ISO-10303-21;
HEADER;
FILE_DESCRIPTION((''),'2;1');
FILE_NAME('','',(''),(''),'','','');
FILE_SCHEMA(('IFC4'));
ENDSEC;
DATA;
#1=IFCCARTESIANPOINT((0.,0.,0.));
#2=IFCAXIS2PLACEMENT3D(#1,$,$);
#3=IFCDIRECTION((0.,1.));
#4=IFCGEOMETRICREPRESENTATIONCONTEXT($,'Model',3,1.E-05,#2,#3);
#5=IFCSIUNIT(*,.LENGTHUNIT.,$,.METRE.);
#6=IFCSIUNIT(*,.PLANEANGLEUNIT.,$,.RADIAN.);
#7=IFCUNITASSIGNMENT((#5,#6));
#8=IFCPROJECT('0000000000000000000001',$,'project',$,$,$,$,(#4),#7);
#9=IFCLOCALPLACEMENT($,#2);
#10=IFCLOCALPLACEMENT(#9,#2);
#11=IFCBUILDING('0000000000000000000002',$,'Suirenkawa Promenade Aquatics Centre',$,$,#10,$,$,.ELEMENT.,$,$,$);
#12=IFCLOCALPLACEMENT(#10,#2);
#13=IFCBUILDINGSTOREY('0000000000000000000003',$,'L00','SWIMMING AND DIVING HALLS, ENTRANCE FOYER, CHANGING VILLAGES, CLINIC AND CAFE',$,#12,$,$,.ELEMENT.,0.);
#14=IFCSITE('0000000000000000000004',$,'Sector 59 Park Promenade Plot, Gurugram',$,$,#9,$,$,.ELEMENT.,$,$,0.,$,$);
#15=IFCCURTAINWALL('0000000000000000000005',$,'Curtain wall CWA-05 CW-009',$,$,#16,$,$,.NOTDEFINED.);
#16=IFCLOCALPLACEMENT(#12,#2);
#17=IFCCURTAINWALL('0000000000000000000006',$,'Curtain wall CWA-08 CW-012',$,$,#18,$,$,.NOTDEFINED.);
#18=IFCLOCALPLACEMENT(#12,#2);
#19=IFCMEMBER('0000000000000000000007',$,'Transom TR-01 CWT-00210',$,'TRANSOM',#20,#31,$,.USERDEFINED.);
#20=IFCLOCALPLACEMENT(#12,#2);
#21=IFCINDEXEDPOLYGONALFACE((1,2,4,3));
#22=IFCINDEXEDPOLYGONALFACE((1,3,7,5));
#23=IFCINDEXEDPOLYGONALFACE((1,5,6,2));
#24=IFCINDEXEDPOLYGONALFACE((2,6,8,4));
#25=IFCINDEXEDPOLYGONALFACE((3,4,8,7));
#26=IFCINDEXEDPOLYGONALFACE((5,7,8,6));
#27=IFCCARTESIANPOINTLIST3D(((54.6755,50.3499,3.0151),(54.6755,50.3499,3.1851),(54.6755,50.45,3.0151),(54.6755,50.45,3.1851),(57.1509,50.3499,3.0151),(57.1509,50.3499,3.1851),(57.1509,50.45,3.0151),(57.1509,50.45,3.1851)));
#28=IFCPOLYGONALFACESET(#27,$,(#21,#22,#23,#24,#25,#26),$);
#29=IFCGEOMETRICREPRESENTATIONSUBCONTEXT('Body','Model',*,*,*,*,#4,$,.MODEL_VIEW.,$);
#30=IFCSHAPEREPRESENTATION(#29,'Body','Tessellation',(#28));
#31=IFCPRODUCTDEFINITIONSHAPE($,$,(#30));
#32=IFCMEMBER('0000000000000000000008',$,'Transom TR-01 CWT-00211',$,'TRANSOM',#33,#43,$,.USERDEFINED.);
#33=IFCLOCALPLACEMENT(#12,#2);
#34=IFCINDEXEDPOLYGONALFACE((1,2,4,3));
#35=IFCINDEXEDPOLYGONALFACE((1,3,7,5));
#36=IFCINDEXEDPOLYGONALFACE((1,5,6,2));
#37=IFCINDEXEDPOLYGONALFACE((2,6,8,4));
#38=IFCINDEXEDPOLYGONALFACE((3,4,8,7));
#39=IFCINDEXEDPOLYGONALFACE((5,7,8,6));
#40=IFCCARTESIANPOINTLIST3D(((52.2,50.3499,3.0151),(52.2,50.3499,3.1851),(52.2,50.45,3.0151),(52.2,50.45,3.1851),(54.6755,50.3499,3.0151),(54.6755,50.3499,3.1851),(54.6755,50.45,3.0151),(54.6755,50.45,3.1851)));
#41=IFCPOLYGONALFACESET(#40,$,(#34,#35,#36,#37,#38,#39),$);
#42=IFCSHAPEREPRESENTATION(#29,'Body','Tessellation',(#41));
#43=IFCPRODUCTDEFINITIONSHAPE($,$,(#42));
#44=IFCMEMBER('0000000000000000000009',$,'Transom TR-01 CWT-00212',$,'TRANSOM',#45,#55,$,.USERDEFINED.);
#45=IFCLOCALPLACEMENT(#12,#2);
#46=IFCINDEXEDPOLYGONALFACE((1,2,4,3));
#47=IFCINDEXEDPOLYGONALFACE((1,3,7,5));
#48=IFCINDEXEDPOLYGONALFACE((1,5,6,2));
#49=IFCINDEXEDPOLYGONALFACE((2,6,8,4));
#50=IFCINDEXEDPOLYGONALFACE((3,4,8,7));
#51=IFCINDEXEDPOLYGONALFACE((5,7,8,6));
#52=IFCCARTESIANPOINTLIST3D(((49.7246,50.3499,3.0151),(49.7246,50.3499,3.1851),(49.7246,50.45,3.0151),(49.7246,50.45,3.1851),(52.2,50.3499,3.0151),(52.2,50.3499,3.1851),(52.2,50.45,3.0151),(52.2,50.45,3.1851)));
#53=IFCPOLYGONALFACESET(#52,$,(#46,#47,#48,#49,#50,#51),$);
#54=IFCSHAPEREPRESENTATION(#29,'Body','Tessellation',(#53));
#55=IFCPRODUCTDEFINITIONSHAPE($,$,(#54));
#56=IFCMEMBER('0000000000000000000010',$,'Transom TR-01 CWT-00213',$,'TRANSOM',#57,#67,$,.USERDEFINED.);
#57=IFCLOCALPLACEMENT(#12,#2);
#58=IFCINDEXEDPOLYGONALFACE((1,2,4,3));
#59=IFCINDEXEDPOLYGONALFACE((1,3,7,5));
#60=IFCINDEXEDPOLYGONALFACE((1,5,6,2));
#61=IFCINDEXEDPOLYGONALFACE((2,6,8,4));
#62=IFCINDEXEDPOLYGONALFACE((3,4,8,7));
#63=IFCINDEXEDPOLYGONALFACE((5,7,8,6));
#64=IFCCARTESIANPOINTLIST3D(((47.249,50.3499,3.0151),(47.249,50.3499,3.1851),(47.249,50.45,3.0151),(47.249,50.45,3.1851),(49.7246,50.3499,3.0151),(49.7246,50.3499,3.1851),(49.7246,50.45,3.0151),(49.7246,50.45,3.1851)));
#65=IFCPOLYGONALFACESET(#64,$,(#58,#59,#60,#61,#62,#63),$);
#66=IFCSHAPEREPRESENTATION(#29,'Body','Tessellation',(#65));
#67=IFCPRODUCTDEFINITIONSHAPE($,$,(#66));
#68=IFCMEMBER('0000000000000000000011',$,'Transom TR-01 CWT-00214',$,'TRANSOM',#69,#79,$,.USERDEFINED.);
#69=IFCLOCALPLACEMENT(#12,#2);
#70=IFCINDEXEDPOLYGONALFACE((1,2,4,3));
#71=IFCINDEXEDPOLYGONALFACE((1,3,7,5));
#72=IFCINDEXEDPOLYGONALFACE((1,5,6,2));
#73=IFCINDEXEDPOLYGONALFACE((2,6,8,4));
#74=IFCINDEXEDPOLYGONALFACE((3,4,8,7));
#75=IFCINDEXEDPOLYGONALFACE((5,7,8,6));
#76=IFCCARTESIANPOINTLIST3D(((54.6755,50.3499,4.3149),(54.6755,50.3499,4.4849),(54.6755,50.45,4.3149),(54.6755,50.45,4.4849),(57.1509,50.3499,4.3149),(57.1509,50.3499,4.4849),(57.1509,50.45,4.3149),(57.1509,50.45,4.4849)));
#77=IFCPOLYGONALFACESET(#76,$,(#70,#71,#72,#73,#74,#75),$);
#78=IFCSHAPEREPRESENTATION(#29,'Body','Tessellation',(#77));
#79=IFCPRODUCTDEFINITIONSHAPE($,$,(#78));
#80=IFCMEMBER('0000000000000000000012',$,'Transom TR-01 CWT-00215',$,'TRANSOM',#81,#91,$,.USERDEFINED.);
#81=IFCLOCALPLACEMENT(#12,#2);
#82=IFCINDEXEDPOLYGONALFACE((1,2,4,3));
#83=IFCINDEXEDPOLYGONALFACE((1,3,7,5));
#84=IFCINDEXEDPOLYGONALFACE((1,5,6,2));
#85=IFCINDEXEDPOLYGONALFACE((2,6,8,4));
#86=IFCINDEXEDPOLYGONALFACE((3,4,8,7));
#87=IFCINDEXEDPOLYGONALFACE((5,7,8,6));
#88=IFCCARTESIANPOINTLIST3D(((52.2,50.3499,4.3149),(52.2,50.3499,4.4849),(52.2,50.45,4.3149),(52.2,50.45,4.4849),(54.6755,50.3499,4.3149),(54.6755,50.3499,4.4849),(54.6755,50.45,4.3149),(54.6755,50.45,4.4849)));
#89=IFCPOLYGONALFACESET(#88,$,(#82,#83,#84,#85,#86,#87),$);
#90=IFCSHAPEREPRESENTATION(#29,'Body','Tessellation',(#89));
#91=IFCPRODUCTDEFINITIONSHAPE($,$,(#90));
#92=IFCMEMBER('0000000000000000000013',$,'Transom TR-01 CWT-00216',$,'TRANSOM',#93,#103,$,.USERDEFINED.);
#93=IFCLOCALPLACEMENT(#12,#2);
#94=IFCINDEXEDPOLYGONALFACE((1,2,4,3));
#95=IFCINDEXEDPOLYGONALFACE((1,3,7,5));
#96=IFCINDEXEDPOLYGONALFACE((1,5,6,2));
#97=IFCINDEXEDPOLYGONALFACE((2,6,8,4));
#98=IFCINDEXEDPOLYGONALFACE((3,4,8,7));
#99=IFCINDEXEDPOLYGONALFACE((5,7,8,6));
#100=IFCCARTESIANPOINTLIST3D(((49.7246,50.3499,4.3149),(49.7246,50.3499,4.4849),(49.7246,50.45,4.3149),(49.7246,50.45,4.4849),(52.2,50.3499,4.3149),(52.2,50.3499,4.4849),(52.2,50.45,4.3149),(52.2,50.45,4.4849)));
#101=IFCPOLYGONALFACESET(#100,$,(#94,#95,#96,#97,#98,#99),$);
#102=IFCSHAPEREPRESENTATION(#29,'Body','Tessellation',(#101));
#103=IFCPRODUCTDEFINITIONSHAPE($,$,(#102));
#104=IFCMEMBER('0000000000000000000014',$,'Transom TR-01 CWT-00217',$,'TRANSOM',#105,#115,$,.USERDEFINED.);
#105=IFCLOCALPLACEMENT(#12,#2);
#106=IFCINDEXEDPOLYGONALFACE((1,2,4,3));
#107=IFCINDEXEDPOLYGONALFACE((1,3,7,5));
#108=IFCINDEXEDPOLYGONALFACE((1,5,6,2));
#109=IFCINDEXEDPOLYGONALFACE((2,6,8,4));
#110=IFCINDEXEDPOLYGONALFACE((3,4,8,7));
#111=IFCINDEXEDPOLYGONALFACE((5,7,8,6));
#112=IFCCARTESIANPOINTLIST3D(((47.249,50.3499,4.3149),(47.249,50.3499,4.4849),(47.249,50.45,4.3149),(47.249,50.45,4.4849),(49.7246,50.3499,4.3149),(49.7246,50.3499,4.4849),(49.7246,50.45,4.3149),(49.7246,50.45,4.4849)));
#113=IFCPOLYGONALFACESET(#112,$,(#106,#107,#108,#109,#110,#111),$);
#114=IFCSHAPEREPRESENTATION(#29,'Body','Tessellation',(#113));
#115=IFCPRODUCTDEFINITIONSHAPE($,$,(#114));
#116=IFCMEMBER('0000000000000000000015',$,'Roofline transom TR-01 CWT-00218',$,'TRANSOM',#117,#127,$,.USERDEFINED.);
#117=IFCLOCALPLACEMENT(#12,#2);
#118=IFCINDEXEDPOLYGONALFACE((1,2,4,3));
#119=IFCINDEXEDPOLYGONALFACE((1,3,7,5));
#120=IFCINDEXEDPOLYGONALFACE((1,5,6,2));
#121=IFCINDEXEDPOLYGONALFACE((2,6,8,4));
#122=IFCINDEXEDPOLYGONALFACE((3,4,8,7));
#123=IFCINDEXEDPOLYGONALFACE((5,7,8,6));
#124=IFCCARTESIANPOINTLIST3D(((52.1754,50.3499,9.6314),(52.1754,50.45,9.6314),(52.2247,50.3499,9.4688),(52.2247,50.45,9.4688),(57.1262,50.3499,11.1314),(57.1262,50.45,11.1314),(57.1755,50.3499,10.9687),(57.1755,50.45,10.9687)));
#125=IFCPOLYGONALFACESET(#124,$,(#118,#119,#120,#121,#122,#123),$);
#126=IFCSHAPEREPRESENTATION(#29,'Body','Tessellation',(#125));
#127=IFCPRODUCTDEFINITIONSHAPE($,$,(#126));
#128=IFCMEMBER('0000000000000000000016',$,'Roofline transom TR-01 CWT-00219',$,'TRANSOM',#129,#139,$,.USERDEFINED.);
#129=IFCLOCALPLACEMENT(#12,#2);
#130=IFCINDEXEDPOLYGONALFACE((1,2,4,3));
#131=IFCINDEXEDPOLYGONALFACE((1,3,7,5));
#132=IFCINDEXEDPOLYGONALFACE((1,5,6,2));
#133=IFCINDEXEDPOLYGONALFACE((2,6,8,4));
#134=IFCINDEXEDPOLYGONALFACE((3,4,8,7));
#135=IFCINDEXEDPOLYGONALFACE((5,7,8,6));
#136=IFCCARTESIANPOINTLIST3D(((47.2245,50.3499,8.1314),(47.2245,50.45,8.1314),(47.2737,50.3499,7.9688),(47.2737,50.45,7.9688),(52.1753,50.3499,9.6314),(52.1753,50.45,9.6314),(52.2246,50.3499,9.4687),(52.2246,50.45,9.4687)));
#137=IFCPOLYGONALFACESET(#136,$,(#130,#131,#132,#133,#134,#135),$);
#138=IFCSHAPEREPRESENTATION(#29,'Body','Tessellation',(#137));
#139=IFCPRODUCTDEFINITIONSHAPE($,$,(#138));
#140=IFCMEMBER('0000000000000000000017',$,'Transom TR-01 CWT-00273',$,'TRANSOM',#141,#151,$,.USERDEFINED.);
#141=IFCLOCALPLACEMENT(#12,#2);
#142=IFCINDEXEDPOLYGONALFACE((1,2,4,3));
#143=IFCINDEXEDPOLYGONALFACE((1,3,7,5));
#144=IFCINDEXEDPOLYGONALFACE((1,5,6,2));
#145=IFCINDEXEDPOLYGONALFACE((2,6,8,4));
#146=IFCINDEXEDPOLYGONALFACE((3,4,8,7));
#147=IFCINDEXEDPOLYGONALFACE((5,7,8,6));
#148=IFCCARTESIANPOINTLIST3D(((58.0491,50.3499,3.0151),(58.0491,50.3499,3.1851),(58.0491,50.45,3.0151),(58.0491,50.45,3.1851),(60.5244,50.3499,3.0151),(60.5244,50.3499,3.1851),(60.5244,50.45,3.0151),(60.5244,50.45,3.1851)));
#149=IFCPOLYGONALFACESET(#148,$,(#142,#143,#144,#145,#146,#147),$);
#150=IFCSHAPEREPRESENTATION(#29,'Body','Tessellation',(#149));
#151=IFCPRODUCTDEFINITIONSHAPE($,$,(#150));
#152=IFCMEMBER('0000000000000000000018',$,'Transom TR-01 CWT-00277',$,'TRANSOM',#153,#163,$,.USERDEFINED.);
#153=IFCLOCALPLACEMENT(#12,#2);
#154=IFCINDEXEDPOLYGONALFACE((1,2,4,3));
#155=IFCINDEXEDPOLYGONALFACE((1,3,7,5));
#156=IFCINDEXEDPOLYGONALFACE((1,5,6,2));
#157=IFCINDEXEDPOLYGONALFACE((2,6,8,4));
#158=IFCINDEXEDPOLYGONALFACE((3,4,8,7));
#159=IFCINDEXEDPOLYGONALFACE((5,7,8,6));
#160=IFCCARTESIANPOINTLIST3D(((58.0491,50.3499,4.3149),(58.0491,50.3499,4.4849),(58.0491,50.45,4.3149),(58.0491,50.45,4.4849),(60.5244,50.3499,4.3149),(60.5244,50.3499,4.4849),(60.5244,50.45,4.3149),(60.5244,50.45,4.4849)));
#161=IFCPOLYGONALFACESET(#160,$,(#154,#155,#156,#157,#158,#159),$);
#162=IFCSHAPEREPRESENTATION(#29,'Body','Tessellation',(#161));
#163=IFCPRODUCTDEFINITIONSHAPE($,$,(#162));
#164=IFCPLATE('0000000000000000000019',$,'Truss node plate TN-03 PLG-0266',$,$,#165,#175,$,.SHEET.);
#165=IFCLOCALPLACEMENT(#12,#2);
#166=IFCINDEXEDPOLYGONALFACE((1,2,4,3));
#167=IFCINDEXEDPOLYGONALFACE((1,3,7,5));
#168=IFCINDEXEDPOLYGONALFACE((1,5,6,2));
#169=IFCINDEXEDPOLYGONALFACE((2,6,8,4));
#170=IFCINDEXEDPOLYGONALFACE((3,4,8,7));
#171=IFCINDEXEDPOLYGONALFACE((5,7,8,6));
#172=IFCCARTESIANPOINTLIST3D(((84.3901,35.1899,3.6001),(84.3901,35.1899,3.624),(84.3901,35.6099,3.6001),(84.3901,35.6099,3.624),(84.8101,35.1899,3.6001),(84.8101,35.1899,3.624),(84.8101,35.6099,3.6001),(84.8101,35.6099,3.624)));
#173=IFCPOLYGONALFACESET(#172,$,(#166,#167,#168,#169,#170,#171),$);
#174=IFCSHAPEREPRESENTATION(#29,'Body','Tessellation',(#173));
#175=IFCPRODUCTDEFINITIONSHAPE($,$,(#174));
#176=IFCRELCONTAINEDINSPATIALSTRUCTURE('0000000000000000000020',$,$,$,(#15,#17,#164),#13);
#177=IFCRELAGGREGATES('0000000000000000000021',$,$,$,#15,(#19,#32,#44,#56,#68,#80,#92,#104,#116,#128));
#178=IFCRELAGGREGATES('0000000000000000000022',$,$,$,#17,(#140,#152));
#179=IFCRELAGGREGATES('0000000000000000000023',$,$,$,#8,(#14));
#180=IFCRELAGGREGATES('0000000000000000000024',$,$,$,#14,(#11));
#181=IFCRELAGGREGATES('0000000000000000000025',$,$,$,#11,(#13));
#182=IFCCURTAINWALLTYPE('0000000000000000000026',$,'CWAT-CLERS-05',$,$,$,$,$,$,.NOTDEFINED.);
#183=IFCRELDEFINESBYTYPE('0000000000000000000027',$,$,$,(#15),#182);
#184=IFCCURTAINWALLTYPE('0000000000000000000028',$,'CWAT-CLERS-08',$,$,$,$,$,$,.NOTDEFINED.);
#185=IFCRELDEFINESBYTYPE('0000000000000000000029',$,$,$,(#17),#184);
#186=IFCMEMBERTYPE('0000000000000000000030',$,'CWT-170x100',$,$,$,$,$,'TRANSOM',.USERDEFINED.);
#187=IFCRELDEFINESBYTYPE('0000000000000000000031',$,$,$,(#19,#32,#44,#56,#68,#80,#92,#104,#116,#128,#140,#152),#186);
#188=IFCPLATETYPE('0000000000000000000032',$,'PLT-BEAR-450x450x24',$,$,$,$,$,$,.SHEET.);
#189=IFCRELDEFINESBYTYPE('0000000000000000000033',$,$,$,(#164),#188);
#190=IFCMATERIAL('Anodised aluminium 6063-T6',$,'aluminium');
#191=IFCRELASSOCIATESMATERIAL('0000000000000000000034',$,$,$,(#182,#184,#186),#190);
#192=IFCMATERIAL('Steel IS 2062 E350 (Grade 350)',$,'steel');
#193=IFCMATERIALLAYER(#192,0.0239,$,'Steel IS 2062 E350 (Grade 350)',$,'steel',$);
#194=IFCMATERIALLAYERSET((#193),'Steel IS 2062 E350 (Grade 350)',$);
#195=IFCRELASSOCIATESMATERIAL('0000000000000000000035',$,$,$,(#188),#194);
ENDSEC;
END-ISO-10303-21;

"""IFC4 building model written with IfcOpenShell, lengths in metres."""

from ifc_helpers import new_model, si_unit, direction, frame, origin, origin_2d, place, context, subcontext, project, spatial, rectangle, extrude, material, layer, layer_set, material_profile, profile_set, type_object, element, aggregate, save


model = new_model("IFC4")

# Units and contexts
model_context = context("Model", 3, precision=1e-05, world=origin(), true_north=direction((0.0, 1.0)))
body_context = subcontext(model_context, "Body", "Model", "MODEL_VIEW")
ifc_project = project(units=[si_unit("LENGTHUNIT", "METRE"), si_unit("PLANEANGLEUNIT", "RADIAN")], contexts=[model_context])

# Site, building, storey
site_placement = place(None, origin())
site = spatial("IfcSite", under=ifc_project, at=site_placement, Name="Sector 59 Park Promenade Plot, Gurugram", CompositionType="ELEMENT", RefElevation=0.0)
building_placement = place(site_placement, origin())
building = spatial("IfcBuilding", under=site, at=building_placement, Name="Suirenkawa Promenade Aquatics Centre", CompositionType="ELEMENT")
storey_placement = place(building_placement, origin())
storey = spatial("IfcBuildingStorey", under=building, at=storey_placement, Name="L00", Description="SWIMMING AND DIVING HALLS, ENTRANCE FOYER, CHANGING VILLAGES, CLINIC AND CAFE", CompositionType="ELEMENT", Elevation=0.0)

# Shared definitions
ifc_material_1 = material(Name="Steel IS 2062 E350 (Grade 350)", Category="steel")

# Shared definitions
ifc_material_2 = material(Name="Anodised aluminium 6063-T6", Category="aluminium")

# Curtain walls
curtain_wall_type_1 = type_object("IfcCurtainWallType", Name="CWAT-CLERS-05", PredefinedType="NOTDEFINED", material=ifc_material_2)
curtain_wall_1_placement = place(storey_placement, origin())
curtain_wall_1 = element("IfcCurtainWall", 1, at=curtain_wall_1_placement, inside=storey, type_object=curtain_wall_type_1, Name="Curtain wall CWA-05 CW-009", PredefinedType="NOTDEFINED")
curtain_wall_type_2 = type_object("IfcCurtainWallType", Name="CWAT-CLERS-08", PredefinedType="NOTDEFINED", material=ifc_material_2)
curtain_wall_2_placement = place(storey_placement, origin())
curtain_wall_2 = element("IfcCurtainWall", 2, at=curtain_wall_2_placement, inside=storey, type_object=curtain_wall_type_2, Name="Curtain wall CWA-08 CW-012", PredefinedType="NOTDEFINED")

# Members
ifc_material_profile_1 = material_profile(ifc_material_2, rectangle(XDim=0.1001, YDim=0.1699, at=origin_2d()), Name="ALU TRAN 100x170", Category="aluminium")
ifc_profile_set_1 = profile_set([ifc_material_profile_1], Name="Anodised aluminium 6063-T6")
member_type_1 = type_object("IfcMemberType", Name="CWT-170x100", ElementType="TRANSOM", PredefinedType="USERDEFINED", material=ifc_profile_set_1)
member_1_placement = place(storey_placement, frame((57.1509, 50.3999, 3.1001), z_axis=(-1.0, 0.0, 0.0), x_axis=(0.0, -1.0, 0.0)))
member_1 = element("IfcMember", 3, at=member_1_placement, type_object=member_type_1, Name="Transom TR-01 CWT-00210", ObjectType="TRANSOM", PredefinedType="USERDEFINED", context=body_context, shape_type="SweptSolid", body=[
    extrude(rectangle(XDim=0.1001, YDim=0.1699, at=origin_2d()), origin(), (0.0, 0.0, 1.0), 2.4753),
])
member_2_placement = place(storey_placement, frame((54.6755, 50.3999, 3.1001), z_axis=(-1.0, 0.0, 0.0), x_axis=(0.0, -1.0, 0.0)))
member_2 = element("IfcMember", 4, at=member_2_placement, type_object=member_type_1, Name="Transom TR-01 CWT-00211", ObjectType="TRANSOM", PredefinedType="USERDEFINED", context=body_context, shape_type="SweptSolid", body=[
    extrude(rectangle(XDim=0.1001, YDim=0.1699, at=origin_2d()), origin(), (0.0, 0.0, 1.0), 2.4756),
])
member_3_placement = place(storey_placement, frame((52.2, 50.3999, 3.1001), z_axis=(-1.0, 0.0, 0.0), x_axis=(0.0, -1.0, 0.0)))
member_3 = element("IfcMember", 5, at=member_3_placement, type_object=member_type_1, Name="Transom TR-01 CWT-00212", ObjectType="TRANSOM", PredefinedType="USERDEFINED", context=body_context, shape_type="SweptSolid", body=[
    extrude(rectangle(XDim=0.1001, YDim=0.1699, at=origin_2d()), origin(), (0.0, 0.0, 1.0), 2.4753),
])
member_4_placement = place(storey_placement, frame((49.7246, 50.3999, 3.1001), z_axis=(-1.0, 0.0, 0.0), x_axis=(0.0, -1.0, 0.0)))
member_4 = element("IfcMember", 6, at=member_4_placement, type_object=member_type_1, Name="Transom TR-01 CWT-00213", ObjectType="TRANSOM", PredefinedType="USERDEFINED", context=body_context, shape_type="SweptSolid", body=[
    extrude(rectangle(XDim=0.1001, YDim=0.1699, at=origin_2d()), origin(), (0.0, 0.0, 1.0), 2.4756),
])
member_5_placement = place(storey_placement, frame((57.1509, 50.3999, 4.3999), z_axis=(-1.0, 0.0, 0.0), x_axis=(0.0, -1.0, 0.0)))
member_5 = element("IfcMember", 7, at=member_5_placement, type_object=member_type_1, Name="Transom TR-01 CWT-00214", ObjectType="TRANSOM", PredefinedType="USERDEFINED", context=body_context, shape_type="SweptSolid", body=[
    extrude(rectangle(XDim=0.1001, YDim=0.1699, at=origin_2d()), origin(), (0.0, 0.0, 1.0), 2.4753),
])
member_6_placement = place(storey_placement, frame((54.6755, 50.3999, 4.3999), z_axis=(-1.0, 0.0, 0.0), x_axis=(0.0, -1.0, 0.0)))
member_6 = element("IfcMember", 8, at=member_6_placement, type_object=member_type_1, Name="Transom TR-01 CWT-00215", ObjectType="TRANSOM", PredefinedType="USERDEFINED", context=body_context, shape_type="SweptSolid", body=[
    extrude(rectangle(XDim=0.1001, YDim=0.1699, at=origin_2d()), origin(), (0.0, 0.0, 1.0), 2.4756),
])
member_7_placement = place(storey_placement, frame((52.2, 50.3999, 4.3999), z_axis=(-1.0, 0.0, 0.0), x_axis=(0.0, -1.0, 0.0)))
member_7 = element("IfcMember", 9, at=member_7_placement, type_object=member_type_1, Name="Transom TR-01 CWT-00216", ObjectType="TRANSOM", PredefinedType="USERDEFINED", context=body_context, shape_type="SweptSolid", body=[
    extrude(rectangle(XDim=0.1001, YDim=0.1699, at=origin_2d()), origin(), (0.0, 0.0, 1.0), 2.4753),
])
member_8_placement = place(storey_placement, frame((49.7246, 50.3999, 4.3999), z_axis=(-1.0, 0.0, 0.0), x_axis=(0.0, -1.0, 0.0)))
member_8 = element("IfcMember", 10, at=member_8_placement, type_object=member_type_1, Name="Transom TR-01 CWT-00217", ObjectType="TRANSOM", PredefinedType="USERDEFINED", context=body_context, shape_type="SweptSolid", body=[
    extrude(rectangle(XDim=0.1001, YDim=0.1699, at=origin_2d()), origin(), (0.0, 0.0, 1.0), 2.4756),
])
member_9_placement = place(storey_placement, frame((57.1509, 50.3999, 11.05), z_axis=(-0.957039, 0.0, -0.289958), x_axis=(0.0, -1.0, 0.0)))
member_9 = element("IfcMember", 11, at=member_9_placement, type_object=member_type_1, Name="Roofline transom TR-01 CWT-00218", ObjectType="TRANSOM", PredefinedType="USERDEFINED", context=body_context, shape_type="SweptSolid", body=[
    extrude(rectangle(XDim=0.1001, YDim=0.1699, at=origin_2d()), origin(), (0.0, 0.0, 1.0), 5.1731),
])
member_10_placement = place(storey_placement, frame((52.2, 50.3999, 9.55), z_axis=(-0.957039, 0.0, -0.289958), x_axis=(0.0, -1.0, 0.0)))
member_10 = element("IfcMember", 12, at=member_10_placement, type_object=member_type_1, Name="Roofline transom TR-01 CWT-00219", ObjectType="TRANSOM", PredefinedType="USERDEFINED", context=body_context, shape_type="SweptSolid", body=[
    extrude(rectangle(XDim=0.1001, YDim=0.1699, at=origin_2d()), origin(), (0.0, 0.0, 1.0), 5.1731),
])
member_11_placement = place(storey_placement, frame((60.5244, 50.3999, 3.1001), z_axis=(-1.0, 0.0, 0.0), x_axis=(0.0, -1.0, 0.0)))
member_11 = element("IfcMember", 13, at=member_11_placement, type_object=member_type_1, Name="Transom TR-01 CWT-00273", ObjectType="TRANSOM", PredefinedType="USERDEFINED", context=body_context, shape_type="SweptSolid", body=[
    extrude(rectangle(XDim=0.1001, YDim=0.1699, at=origin_2d()), origin(), (0.0, 0.0, 1.0), 2.4753),
])
member_12_placement = place(storey_placement, frame((60.5244, 50.3999, 4.3999), z_axis=(-1.0, 0.0, 0.0), x_axis=(0.0, -1.0, 0.0)))
member_12 = element("IfcMember", 14, at=member_12_placement, type_object=member_type_1, Name="Transom TR-01 CWT-00277", ObjectType="TRANSOM", PredefinedType="USERDEFINED", context=body_context, shape_type="SweptSolid", body=[
    extrude(rectangle(XDim=0.1001, YDim=0.1699, at=origin_2d()), origin(), (0.0, 0.0, 1.0), 2.4753),
])

# Plate
aggregate(curtain_wall_1, [member_1, member_2, member_3, member_4, member_5, member_6, member_7, member_8, member_9, member_10])
aggregate(curtain_wall_2, [member_11, member_12])
ifc_layer_1 = layer(ifc_material_1, 0.0239, Name="Steel IS 2062 E350 (Grade 350)", Category="steel")
ifc_layer_set_1 = layer_set([ifc_layer_1], Name="Steel IS 2062 E350 (Grade 350)")
plate_type_1 = type_object("IfcPlateType", Name="PLT-BEAR-450x450x24", PredefinedType="SHEET", material=ifc_layer_set_1)
plate_1_placement = place(storey_placement, frame((84.6001, 35.3999, 3.6001), z_axis=(0.0, 0.0, 1.0), x_axis=(1.0, 0.0, 0.0)))
element("IfcPlate", 15, at=plate_1_placement, inside=storey, type_object=plate_type_1, Name="Truss node plate TN-03 PLG-0266", PredefinedType="SHEET", context=body_context, shape_type="SweptSolid", body=[
    extrude(rectangle(XDim=0.4199, YDim=0.4199, at=origin_2d()), origin(), (0.0, 0.0, 1.0), 0.0239),
])

save(model, "model.ifc")
